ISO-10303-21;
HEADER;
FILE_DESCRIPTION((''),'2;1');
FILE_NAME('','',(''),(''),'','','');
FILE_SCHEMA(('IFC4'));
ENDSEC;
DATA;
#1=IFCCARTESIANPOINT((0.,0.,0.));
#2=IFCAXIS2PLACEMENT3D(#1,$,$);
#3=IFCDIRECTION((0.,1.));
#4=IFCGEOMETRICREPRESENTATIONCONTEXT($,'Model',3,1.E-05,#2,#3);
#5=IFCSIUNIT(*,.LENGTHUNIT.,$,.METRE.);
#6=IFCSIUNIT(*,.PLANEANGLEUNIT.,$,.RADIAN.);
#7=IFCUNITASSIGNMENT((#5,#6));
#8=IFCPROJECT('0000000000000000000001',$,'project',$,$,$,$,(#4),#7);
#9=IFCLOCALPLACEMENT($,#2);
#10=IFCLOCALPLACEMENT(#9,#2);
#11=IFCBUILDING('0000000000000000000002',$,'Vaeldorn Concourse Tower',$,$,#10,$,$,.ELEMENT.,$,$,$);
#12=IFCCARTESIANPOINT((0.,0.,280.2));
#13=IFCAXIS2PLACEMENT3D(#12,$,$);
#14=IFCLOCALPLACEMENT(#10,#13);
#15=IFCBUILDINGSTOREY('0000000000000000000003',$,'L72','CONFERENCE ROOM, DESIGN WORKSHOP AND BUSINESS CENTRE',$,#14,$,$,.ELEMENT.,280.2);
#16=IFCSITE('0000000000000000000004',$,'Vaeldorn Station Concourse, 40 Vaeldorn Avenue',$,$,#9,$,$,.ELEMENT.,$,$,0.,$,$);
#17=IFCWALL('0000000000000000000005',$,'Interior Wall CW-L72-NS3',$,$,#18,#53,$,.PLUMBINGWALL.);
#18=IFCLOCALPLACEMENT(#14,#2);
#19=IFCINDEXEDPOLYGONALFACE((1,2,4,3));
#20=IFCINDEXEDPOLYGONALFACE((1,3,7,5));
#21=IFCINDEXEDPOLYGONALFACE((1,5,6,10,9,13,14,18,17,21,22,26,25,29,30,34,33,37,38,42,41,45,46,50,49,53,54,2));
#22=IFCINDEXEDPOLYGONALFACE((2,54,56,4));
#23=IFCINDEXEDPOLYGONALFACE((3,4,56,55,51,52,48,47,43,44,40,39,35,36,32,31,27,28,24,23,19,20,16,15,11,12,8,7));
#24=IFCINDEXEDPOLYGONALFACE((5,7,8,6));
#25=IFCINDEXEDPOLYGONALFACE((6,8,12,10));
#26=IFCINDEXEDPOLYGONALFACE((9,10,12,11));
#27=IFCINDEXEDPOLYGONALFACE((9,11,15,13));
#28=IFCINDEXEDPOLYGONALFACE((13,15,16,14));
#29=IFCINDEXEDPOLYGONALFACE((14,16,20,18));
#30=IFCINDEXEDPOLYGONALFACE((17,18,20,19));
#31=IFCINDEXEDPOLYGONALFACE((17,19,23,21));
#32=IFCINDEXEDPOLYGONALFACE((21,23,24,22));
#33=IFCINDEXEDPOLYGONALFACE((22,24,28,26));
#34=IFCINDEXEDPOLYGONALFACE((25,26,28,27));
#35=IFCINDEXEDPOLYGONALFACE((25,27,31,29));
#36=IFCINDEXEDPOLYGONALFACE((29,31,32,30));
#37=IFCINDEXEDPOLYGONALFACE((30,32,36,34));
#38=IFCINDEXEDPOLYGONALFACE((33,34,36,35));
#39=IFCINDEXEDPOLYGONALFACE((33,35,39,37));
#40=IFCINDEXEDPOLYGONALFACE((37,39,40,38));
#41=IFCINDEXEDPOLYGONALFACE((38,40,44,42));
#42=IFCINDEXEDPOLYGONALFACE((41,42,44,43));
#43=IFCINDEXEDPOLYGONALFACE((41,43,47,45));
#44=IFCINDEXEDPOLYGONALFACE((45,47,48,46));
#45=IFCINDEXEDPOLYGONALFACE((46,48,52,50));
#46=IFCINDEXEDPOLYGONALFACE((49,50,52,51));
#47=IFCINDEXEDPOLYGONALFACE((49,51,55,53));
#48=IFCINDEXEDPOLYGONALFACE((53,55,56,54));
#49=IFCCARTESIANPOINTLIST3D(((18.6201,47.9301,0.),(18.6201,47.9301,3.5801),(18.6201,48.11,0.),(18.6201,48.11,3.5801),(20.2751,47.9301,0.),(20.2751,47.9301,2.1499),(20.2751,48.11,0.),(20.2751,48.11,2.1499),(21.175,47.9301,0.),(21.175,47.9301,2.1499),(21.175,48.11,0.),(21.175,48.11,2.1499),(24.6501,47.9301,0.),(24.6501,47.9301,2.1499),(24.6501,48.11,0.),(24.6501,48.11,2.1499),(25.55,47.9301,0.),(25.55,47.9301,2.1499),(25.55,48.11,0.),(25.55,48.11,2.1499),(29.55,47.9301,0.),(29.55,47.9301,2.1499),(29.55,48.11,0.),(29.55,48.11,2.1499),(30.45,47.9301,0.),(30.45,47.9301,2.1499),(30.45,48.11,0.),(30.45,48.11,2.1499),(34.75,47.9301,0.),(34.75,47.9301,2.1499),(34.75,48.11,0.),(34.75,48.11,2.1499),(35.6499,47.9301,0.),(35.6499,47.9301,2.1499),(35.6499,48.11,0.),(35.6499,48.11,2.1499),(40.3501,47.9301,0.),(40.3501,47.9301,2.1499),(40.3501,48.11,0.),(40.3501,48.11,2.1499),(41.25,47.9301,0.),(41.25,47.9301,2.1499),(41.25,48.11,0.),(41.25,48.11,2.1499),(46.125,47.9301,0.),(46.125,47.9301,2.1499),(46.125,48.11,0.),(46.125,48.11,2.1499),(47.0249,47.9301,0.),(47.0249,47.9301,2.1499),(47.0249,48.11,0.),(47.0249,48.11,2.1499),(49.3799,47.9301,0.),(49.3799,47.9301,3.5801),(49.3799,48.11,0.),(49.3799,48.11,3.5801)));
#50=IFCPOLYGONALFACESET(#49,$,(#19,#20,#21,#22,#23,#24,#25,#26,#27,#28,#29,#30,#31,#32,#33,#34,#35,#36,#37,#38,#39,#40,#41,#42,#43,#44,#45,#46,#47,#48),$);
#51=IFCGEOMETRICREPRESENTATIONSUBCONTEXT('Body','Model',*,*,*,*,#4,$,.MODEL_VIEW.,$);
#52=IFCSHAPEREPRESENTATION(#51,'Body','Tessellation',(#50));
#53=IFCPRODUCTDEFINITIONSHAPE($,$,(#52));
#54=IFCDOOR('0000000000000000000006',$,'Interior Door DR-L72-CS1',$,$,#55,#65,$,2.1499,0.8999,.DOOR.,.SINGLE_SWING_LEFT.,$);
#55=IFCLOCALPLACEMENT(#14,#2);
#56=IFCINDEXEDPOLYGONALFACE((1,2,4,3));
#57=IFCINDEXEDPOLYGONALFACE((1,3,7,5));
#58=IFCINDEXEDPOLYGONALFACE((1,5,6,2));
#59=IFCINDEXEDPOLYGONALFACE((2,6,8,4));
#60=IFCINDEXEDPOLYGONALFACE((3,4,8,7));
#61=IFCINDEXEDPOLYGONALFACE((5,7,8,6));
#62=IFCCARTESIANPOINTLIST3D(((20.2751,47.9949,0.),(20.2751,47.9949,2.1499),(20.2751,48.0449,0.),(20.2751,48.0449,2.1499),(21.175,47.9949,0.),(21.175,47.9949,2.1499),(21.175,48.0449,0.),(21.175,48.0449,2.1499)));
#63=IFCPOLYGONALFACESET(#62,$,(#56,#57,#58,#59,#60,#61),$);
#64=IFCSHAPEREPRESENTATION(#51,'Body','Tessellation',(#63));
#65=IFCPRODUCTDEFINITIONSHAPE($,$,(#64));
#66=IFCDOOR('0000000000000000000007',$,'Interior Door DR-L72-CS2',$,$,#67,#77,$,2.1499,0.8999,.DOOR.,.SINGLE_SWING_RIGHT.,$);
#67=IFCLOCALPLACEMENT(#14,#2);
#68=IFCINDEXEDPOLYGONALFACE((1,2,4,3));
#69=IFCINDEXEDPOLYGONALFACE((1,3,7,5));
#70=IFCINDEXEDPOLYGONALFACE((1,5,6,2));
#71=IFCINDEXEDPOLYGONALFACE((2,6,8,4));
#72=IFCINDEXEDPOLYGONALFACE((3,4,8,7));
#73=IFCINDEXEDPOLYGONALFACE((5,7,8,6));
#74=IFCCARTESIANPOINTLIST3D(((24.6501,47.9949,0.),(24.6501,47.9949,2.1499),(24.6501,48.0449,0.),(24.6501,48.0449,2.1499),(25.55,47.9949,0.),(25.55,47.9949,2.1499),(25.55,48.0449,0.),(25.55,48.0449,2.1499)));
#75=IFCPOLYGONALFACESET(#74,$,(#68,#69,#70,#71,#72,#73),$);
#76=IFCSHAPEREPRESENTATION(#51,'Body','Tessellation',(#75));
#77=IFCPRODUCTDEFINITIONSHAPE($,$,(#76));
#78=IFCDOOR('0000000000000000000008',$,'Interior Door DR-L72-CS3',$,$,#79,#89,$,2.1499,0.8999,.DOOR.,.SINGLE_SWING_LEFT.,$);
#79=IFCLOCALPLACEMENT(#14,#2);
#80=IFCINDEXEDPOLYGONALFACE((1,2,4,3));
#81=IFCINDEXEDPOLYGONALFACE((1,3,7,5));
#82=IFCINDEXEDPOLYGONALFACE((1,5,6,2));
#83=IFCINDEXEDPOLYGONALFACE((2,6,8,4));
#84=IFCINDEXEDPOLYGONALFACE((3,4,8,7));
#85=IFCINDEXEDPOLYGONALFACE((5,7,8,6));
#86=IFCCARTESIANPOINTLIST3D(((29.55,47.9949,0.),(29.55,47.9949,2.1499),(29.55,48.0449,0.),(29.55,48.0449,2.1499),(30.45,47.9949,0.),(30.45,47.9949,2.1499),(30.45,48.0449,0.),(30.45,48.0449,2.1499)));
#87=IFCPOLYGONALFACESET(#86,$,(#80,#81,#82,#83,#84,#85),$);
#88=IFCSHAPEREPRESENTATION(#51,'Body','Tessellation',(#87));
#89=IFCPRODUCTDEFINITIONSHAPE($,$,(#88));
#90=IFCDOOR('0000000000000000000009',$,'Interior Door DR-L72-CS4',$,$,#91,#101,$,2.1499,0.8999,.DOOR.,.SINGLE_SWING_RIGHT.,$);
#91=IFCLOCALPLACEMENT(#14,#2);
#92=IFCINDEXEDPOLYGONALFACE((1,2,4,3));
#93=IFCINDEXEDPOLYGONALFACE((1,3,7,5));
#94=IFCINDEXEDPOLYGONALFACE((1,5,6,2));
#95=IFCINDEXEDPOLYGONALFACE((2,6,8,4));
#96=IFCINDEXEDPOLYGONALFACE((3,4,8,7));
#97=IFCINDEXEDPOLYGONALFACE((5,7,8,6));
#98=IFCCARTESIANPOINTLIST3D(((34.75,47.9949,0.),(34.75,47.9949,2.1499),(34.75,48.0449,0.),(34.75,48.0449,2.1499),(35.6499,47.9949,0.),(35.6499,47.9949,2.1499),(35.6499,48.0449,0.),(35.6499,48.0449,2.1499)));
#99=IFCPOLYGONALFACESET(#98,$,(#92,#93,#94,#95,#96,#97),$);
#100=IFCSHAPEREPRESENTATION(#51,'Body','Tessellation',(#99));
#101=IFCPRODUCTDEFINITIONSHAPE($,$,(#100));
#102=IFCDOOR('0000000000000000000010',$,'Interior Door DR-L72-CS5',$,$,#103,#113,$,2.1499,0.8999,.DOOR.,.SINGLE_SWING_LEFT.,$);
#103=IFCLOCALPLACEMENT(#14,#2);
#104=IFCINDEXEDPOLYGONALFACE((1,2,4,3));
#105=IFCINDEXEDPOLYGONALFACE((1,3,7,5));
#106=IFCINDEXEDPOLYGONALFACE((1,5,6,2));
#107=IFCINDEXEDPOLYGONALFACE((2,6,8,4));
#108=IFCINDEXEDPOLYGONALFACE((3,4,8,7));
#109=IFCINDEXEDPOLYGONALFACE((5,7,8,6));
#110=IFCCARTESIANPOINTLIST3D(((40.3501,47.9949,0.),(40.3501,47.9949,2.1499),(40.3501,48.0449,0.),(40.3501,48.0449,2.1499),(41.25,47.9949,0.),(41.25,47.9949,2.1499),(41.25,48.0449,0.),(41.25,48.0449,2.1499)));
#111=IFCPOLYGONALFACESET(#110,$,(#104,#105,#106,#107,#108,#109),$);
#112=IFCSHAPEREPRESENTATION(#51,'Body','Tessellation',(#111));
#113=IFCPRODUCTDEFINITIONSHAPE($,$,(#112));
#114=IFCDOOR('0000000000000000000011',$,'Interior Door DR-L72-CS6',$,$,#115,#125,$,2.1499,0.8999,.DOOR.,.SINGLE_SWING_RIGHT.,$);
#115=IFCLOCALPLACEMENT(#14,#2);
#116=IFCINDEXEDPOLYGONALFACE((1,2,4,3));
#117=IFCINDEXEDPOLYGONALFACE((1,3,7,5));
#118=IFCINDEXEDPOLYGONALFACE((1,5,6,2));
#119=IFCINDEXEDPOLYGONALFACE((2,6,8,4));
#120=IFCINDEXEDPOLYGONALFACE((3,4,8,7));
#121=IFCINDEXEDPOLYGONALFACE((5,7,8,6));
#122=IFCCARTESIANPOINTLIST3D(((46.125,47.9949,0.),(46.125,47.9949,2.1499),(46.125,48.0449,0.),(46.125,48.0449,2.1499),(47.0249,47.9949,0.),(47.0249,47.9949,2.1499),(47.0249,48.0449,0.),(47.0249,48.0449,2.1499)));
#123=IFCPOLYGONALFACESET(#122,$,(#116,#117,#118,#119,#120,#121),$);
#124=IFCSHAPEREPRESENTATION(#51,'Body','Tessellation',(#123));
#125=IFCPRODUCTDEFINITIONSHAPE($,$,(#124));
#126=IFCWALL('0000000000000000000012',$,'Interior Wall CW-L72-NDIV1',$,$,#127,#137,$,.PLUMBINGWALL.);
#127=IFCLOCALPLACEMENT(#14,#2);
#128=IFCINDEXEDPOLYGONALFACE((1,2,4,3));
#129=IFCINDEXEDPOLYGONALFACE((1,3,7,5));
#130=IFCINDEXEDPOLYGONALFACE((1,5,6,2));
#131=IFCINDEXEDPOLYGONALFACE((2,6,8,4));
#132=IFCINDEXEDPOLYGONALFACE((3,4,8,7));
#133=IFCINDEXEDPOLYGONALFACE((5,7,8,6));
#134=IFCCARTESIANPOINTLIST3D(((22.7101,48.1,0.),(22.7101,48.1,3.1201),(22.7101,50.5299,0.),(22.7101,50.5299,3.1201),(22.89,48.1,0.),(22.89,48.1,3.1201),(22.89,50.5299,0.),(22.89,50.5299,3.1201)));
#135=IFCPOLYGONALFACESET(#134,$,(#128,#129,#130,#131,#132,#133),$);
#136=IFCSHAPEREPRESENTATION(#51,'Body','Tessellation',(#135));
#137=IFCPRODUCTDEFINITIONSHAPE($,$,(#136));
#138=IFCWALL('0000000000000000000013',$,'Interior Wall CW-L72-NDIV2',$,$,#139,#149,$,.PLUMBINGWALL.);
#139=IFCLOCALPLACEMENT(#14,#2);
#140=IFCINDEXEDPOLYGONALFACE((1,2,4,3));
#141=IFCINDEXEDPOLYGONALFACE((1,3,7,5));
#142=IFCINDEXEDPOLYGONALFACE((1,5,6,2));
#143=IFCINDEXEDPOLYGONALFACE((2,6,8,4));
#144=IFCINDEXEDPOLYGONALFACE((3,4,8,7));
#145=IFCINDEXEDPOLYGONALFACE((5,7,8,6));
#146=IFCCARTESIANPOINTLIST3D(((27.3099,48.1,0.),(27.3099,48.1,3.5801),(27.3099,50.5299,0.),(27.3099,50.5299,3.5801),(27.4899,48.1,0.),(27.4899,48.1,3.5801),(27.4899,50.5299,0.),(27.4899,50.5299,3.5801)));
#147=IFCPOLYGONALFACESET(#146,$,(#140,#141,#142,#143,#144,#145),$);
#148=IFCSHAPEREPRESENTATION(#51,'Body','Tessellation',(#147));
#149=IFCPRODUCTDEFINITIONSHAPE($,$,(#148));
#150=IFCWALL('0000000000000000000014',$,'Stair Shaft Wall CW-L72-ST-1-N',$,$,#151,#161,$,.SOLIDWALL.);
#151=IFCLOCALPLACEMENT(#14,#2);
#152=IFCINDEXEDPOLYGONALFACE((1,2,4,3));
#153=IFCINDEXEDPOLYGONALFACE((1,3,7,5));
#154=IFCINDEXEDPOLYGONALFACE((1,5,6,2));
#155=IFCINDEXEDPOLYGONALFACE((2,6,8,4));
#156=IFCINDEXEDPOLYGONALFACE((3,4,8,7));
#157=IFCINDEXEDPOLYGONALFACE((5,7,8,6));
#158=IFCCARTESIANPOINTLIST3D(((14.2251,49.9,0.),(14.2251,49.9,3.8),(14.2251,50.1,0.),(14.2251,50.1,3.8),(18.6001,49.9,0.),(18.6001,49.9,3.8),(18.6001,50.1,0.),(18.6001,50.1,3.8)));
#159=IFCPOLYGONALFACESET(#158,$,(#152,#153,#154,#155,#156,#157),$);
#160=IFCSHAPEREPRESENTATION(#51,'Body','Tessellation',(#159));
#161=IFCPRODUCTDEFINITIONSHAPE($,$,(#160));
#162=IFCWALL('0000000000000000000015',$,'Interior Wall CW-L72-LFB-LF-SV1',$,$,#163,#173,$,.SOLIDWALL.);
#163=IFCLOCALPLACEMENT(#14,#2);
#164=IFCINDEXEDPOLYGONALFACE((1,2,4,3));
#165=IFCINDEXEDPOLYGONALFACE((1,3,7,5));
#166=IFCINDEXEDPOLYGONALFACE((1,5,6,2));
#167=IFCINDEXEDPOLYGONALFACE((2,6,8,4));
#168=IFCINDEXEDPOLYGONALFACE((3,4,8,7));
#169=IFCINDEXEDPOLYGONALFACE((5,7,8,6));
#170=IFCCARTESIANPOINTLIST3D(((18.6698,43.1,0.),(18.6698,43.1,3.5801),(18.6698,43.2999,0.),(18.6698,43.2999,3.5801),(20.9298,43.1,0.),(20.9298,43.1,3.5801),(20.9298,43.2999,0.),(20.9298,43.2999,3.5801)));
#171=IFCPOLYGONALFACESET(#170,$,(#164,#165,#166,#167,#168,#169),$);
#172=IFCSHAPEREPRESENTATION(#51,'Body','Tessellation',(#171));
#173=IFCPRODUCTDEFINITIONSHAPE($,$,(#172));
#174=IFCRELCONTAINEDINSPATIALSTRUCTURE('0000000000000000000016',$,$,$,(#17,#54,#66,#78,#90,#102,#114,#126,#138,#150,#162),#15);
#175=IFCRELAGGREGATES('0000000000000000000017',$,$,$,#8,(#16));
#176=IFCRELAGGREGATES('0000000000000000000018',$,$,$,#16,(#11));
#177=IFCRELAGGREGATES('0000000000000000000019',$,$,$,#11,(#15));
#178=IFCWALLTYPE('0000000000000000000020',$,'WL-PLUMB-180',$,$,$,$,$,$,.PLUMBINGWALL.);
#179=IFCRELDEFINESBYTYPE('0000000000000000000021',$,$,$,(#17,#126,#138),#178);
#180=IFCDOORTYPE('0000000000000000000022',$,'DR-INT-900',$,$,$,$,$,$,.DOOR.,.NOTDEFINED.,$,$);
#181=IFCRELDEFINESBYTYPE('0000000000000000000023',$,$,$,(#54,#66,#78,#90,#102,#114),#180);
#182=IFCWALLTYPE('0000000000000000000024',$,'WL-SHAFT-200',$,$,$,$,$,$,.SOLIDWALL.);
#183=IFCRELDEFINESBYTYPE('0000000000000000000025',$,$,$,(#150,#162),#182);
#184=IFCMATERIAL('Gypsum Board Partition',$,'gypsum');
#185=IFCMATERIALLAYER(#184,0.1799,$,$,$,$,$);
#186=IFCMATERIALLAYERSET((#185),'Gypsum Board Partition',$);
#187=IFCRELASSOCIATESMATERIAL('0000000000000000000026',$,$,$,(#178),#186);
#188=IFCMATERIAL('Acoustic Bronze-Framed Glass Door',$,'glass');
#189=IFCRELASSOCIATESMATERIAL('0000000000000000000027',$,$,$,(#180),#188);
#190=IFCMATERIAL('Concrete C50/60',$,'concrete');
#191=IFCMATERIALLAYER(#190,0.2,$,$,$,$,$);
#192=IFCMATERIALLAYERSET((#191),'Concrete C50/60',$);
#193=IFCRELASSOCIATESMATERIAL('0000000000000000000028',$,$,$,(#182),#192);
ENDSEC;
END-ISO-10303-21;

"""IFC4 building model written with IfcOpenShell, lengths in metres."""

from ifc_helpers import new_model, si_unit, direction, frame, frame_2d, origin, place, context, subcontext, project, spatial, rectangle, extrude, source, transform, mapped, material, layer, layer_set, type_object, element, fill, save


model = new_model("IFC4")

# Units and contexts
model_context = context("Model", 3, precision=1e-05, world=origin(), true_north=direction((0.0, 1.0)))
body_context = subcontext(model_context, "Body", "Model", "MODEL_VIEW")
ifc_project = project(units=[si_unit("LENGTHUNIT", "METRE"), si_unit("PLANEANGLEUNIT", "RADIAN")], contexts=[model_context])

# Site, building, storey
site_placement = place(None, origin())
site = spatial("IfcSite", under=ifc_project, at=site_placement, Name="Vaeldorn Station Concourse, 40 Vaeldorn Avenue", CompositionType="ELEMENT", RefElevation=0.0)
building_placement = place(site_placement, origin())
building = spatial("IfcBuilding", under=site, at=building_placement, Name="Vaeldorn Concourse Tower", CompositionType="ELEMENT")
storey_placement = place(building_placement, frame((0.0, 0.0, 280.2)))
storey = spatial("IfcBuildingStorey", under=building, at=storey_placement, Name="L72", Description="CONFERENCE ROOM, DESIGN WORKSHOP AND BUSINESS CENTRE", CompositionType="ELEMENT", Elevation=280.2)

# Shared definitions
ifc_material_1 = material(Name="Concrete C50/60", Category="concrete")
ifc_material_2 = material(Name="Gypsum Board Partition", Category="gypsum")

# Wall, openings, doors
ifc_layer_1 = layer(ifc_material_2, 0.1799)
ifc_layer_set_1 = layer_set([ifc_layer_1], Name="Gypsum Board Partition")
wall_type_1 = type_object("IfcWallType", Name="WL-PLUMB-180", PredefinedType="PLUMBINGWALL", material=ifc_layer_set_1)
wall_1_placement = place(storey_placement, frame((18.6201, 48.02, 0.0), z_axis=(0.0, 0.0, 1.0), x_axis=(1.0, 0.0, 0.0)))
wall_1 = element("IfcWall", 1, at=wall_1_placement, inside=storey, type_object=wall_type_1, Name="Interior Wall CW-L72-NS3", PredefinedType="PLUMBINGWALL", context=body_context, shape_type="SweptSolid", body=[
    extrude(rectangle(XDim=30.7598, YDim=0.1799, at=frame_2d((15.3799, 0.0))), origin(), (0.0, 0.0, 1.0), 3.5801),
])
opening_1_placement = place(wall_1_placement, frame((1.655, 0.0, 0.0)))
opening_1 = element("IfcOpeningElement", 2, at=opening_1_placement, cuts=wall_1, PredefinedType="OPENING", context=body_context, shape_type="SweptSolid", body=[
    extrude(rectangle(XDim=0.8999, YDim=2.1499, at=frame_2d((0.45, 1.075))), frame((0.0, 0.1001, 0.0), z_axis=(0.0, -1.0, 0.0), x_axis=(1.0, 0.0, 0.0)), (0.0, 0.0, 1.0), 0.2),
])
opening_2_placement = place(wall_1_placement, frame((6.03, 0.0, 0.0)))
opening_2 = element("IfcOpeningElement", 3, at=opening_2_placement, cuts=wall_1, PredefinedType="OPENING", context=body_context, shape_type="SweptSolid", body=[
    extrude(rectangle(XDim=0.8999, YDim=2.1499, at=frame_2d((0.45, 1.075))), frame((0.0, 0.1001, 0.0), z_axis=(0.0, -1.0, 0.0), x_axis=(1.0, 0.0, 0.0)), (0.0, 0.0, 1.0), 0.2),
])
opening_3_placement = place(wall_1_placement, frame((10.9299, 0.0, 0.0)))
opening_3 = element("IfcOpeningElement", 4, at=opening_3_placement, cuts=wall_1, PredefinedType="OPENING", context=body_context, shape_type="SweptSolid", body=[
    extrude(rectangle(XDim=0.8999, YDim=2.1499, at=frame_2d((0.45, 1.075))), frame((0.0, 0.1001, 0.0), z_axis=(0.0, -1.0, 0.0), x_axis=(1.0, 0.0, 0.0)), (0.0, 0.0, 1.0), 0.2),
])
opening_4_placement = place(wall_1_placement, frame((16.1299, 0.0, 0.0)))
opening_4 = element("IfcOpeningElement", 5, at=opening_4_placement, cuts=wall_1, PredefinedType="OPENING", context=body_context, shape_type="SweptSolid", body=[
    extrude(rectangle(XDim=0.8999, YDim=2.1499, at=frame_2d((0.45, 1.075))), frame((0.0, 0.1001, 0.0), z_axis=(0.0, -1.0, 0.0), x_axis=(1.0, 0.0, 0.0)), (0.0, 0.0, 1.0), 0.2),
])
opening_5_placement = place(wall_1_placement, frame((21.73, 0.0, 0.0)))
opening_5 = element("IfcOpeningElement", 6, at=opening_5_placement, cuts=wall_1, PredefinedType="OPENING", context=body_context, shape_type="SweptSolid", body=[
    extrude(rectangle(XDim=0.8999, YDim=2.1499, at=frame_2d((0.45, 1.075))), frame((0.0, 0.1001, 0.0), z_axis=(0.0, -1.0, 0.0), x_axis=(1.0, 0.0, 0.0)), (0.0, 0.0, 1.0), 0.2),
])
opening_6_placement = place(wall_1_placement, frame((27.5049, 0.0, 0.0)))
opening_6 = element("IfcOpeningElement", 7, at=opening_6_placement, cuts=wall_1, PredefinedType="OPENING", context=body_context, shape_type="SweptSolid", body=[
    extrude(rectangle(XDim=0.8999, YDim=2.1499, at=frame_2d((0.45, 1.075))), frame((0.0, 0.1001, 0.0), z_axis=(0.0, -1.0, 0.0), x_axis=(1.0, 0.0, 0.0)), (0.0, 0.0, 1.0), 0.2),
])
ifc_material_3 = material(Name="Acoustic Bronze-Framed Glass Door", Category="glass")
door_type_1 = type_object("IfcDoorType", Name="DR-INT-900", OperationType="NOTDEFINED", PredefinedType="DOOR", material=ifc_material_3)
shared_shape_1 = source(origin(), body_context, "Body", "SweptSolid", [
    extrude(rectangle(XDim=0.8999, YDim=2.1499, at=frame_2d((0.45, 1.075))), frame((0.0, 0.0249, 0.0), z_axis=(0.0, -1.0, 0.0), x_axis=(1.0, 0.0, 0.0)), (0.0, 0.0, 1.0), 0.05),
])
door_1_placement = place(opening_1_placement, origin())
door_1 = element("IfcDoor", 8, at=door_1_placement, inside=storey, type_object=door_type_1, Name="Interior Door DR-L72-CS1", OperationType="SINGLE_SWING_LEFT", OverallHeight=2.1499, OverallWidth=0.8999, PredefinedType="DOOR", context=body_context, shape_type="MappedRepresentation", body=[
    mapped(shared_shape_1, transform((0.0, 0.0, 0.0), scale=1.0)),
])
fill(opening_1, door_1)
door_2_placement = place(opening_2_placement, origin())
door_2 = element("IfcDoor", 9, at=door_2_placement, inside=storey, type_object=door_type_1, Name="Interior Door DR-L72-CS2", OperationType="SINGLE_SWING_RIGHT", OverallHeight=2.1499, OverallWidth=0.8999, PredefinedType="DOOR", context=body_context, shape_type="MappedRepresentation", body=[
    mapped(shared_shape_1, transform((0.0, 0.0, 0.0), scale=1.0)),
])
fill(opening_2, door_2)
door_3_placement = place(opening_3_placement, origin())
door_3 = element("IfcDoor", 10, at=door_3_placement, inside=storey, type_object=door_type_1, Name="Interior Door DR-L72-CS3", OperationType="SINGLE_SWING_LEFT", OverallHeight=2.1499, OverallWidth=0.8999, PredefinedType="DOOR", context=body_context, shape_type="MappedRepresentation", body=[
    mapped(shared_shape_1, transform((0.0, 0.0, 0.0), scale=1.0)),
])
fill(opening_3, door_3)
door_4_placement = place(opening_4_placement, origin())
door_4 = element("IfcDoor", 11, at=door_4_placement, inside=storey, type_object=door_type_1, Name="Interior Door DR-L72-CS4", OperationType="SINGLE_SWING_RIGHT", OverallHeight=2.1499, OverallWidth=0.8999, PredefinedType="DOOR", context=body_context, shape_type="MappedRepresentation", body=[
    mapped(shared_shape_1, transform((0.0, 0.0, 0.0), scale=1.0)),
])
fill(opening_4, door_4)
door_5_placement = place(opening_5_placement, origin())
door_5 = element("IfcDoor", 12, at=door_5_placement, inside=storey, type_object=door_type_1, Name="Interior Door DR-L72-CS5", OperationType="SINGLE_SWING_LEFT", OverallHeight=2.1499, OverallWidth=0.8999, PredefinedType="DOOR", context=body_context, shape_type="MappedRepresentation", body=[
    mapped(shared_shape_1, transform((0.0, 0.0, 0.0), scale=1.0)),
])
fill(opening_5, door_5)
door_6_placement = place(opening_6_placement, origin())
door_6 = element("IfcDoor", 13, at=door_6_placement, inside=storey, type_object=door_type_1, Name="Interior Door DR-L72-CS6", OperationType="SINGLE_SWING_RIGHT", OverallHeight=2.1499, OverallWidth=0.8999, PredefinedType="DOOR", context=body_context, shape_type="MappedRepresentation", body=[
    mapped(shared_shape_1, transform((0.0, 0.0, 0.0), scale=1.0)),
])
fill(opening_6, door_6)

# Walls
wall_2_placement = place(storey_placement, frame((22.8, 48.1001, 0.0), z_axis=(0.0, 0.0, 1.0), x_axis=(0.0, 1.0, 0.0)))
element("IfcWall", 14, at=wall_2_placement, inside=storey, type_object=wall_type_1, Name="Interior Wall CW-L72-NDIV1", PredefinedType="PLUMBINGWALL", context=body_context, shape_type="SweptSolid", body=[
    extrude(rectangle(XDim=2.4299, YDim=0.1799, at=frame_2d((1.2148, 0.0))), origin(), (0.0, 0.0, 1.0), 3.1201),
])
wall_3_placement = place(storey_placement, frame((27.3999, 48.1001, 0.0), z_axis=(0.0, 0.0, 1.0), x_axis=(0.0, 1.0, 0.0)))
element("IfcWall", 15, at=wall_3_placement, inside=storey, type_object=wall_type_1, Name="Interior Wall CW-L72-NDIV2", PredefinedType="PLUMBINGWALL", context=body_context, shape_type="SweptSolid", body=[
    extrude(rectangle(XDim=2.4299, YDim=0.1799, at=frame_2d((1.2148, 0.0))), origin(), (0.0, 0.0, 1.0), 3.5801),
])
ifc_layer_2 = layer(ifc_material_1, 0.2)
ifc_layer_set_2 = layer_set([ifc_layer_2], Name="Concrete C50/60")
wall_type_2 = type_object("IfcWallType", Name="WL-SHAFT-200", PredefinedType="SOLIDWALL", material=ifc_layer_set_2)
wall_4_placement = place(storey_placement, frame((14.2251, 50.0, 0.0), z_axis=(0.0, 0.0, 1.0), x_axis=(1.0, 0.0, 0.0)))
element("IfcWall", 16, at=wall_4_placement, inside=storey, type_object=wall_type_2, Name="Stair Shaft Wall CW-L72-ST-1-N", PredefinedType="SOLIDWALL", context=body_context, shape_type="SweptSolid", body=[
    extrude(rectangle(XDim=4.375, YDim=0.2, at=frame_2d((2.1875, 0.0))), origin(), (0.0, 0.0, 1.0), 3.8),
])

# Wall
wall_5_placement = place(storey_placement, frame((18.6699, 43.2, 0.0), z_axis=(0.0, 0.0, 1.0), x_axis=(1.0, 0.0, 0.0)))
element("IfcWall", 17, at=wall_5_placement, inside=storey, type_object=wall_type_2, Name="Interior Wall CW-L72-LFB-LF-SV1", PredefinedType="SOLIDWALL", context=body_context, shape_type="SweptSolid", body=[
    extrude(rectangle(XDim=2.26, YDim=0.2, at=frame_2d((1.1299, 0.0))), origin(), (0.0, 0.0, 1.0), 3.5801),
])

save(model, "model.ifc")
